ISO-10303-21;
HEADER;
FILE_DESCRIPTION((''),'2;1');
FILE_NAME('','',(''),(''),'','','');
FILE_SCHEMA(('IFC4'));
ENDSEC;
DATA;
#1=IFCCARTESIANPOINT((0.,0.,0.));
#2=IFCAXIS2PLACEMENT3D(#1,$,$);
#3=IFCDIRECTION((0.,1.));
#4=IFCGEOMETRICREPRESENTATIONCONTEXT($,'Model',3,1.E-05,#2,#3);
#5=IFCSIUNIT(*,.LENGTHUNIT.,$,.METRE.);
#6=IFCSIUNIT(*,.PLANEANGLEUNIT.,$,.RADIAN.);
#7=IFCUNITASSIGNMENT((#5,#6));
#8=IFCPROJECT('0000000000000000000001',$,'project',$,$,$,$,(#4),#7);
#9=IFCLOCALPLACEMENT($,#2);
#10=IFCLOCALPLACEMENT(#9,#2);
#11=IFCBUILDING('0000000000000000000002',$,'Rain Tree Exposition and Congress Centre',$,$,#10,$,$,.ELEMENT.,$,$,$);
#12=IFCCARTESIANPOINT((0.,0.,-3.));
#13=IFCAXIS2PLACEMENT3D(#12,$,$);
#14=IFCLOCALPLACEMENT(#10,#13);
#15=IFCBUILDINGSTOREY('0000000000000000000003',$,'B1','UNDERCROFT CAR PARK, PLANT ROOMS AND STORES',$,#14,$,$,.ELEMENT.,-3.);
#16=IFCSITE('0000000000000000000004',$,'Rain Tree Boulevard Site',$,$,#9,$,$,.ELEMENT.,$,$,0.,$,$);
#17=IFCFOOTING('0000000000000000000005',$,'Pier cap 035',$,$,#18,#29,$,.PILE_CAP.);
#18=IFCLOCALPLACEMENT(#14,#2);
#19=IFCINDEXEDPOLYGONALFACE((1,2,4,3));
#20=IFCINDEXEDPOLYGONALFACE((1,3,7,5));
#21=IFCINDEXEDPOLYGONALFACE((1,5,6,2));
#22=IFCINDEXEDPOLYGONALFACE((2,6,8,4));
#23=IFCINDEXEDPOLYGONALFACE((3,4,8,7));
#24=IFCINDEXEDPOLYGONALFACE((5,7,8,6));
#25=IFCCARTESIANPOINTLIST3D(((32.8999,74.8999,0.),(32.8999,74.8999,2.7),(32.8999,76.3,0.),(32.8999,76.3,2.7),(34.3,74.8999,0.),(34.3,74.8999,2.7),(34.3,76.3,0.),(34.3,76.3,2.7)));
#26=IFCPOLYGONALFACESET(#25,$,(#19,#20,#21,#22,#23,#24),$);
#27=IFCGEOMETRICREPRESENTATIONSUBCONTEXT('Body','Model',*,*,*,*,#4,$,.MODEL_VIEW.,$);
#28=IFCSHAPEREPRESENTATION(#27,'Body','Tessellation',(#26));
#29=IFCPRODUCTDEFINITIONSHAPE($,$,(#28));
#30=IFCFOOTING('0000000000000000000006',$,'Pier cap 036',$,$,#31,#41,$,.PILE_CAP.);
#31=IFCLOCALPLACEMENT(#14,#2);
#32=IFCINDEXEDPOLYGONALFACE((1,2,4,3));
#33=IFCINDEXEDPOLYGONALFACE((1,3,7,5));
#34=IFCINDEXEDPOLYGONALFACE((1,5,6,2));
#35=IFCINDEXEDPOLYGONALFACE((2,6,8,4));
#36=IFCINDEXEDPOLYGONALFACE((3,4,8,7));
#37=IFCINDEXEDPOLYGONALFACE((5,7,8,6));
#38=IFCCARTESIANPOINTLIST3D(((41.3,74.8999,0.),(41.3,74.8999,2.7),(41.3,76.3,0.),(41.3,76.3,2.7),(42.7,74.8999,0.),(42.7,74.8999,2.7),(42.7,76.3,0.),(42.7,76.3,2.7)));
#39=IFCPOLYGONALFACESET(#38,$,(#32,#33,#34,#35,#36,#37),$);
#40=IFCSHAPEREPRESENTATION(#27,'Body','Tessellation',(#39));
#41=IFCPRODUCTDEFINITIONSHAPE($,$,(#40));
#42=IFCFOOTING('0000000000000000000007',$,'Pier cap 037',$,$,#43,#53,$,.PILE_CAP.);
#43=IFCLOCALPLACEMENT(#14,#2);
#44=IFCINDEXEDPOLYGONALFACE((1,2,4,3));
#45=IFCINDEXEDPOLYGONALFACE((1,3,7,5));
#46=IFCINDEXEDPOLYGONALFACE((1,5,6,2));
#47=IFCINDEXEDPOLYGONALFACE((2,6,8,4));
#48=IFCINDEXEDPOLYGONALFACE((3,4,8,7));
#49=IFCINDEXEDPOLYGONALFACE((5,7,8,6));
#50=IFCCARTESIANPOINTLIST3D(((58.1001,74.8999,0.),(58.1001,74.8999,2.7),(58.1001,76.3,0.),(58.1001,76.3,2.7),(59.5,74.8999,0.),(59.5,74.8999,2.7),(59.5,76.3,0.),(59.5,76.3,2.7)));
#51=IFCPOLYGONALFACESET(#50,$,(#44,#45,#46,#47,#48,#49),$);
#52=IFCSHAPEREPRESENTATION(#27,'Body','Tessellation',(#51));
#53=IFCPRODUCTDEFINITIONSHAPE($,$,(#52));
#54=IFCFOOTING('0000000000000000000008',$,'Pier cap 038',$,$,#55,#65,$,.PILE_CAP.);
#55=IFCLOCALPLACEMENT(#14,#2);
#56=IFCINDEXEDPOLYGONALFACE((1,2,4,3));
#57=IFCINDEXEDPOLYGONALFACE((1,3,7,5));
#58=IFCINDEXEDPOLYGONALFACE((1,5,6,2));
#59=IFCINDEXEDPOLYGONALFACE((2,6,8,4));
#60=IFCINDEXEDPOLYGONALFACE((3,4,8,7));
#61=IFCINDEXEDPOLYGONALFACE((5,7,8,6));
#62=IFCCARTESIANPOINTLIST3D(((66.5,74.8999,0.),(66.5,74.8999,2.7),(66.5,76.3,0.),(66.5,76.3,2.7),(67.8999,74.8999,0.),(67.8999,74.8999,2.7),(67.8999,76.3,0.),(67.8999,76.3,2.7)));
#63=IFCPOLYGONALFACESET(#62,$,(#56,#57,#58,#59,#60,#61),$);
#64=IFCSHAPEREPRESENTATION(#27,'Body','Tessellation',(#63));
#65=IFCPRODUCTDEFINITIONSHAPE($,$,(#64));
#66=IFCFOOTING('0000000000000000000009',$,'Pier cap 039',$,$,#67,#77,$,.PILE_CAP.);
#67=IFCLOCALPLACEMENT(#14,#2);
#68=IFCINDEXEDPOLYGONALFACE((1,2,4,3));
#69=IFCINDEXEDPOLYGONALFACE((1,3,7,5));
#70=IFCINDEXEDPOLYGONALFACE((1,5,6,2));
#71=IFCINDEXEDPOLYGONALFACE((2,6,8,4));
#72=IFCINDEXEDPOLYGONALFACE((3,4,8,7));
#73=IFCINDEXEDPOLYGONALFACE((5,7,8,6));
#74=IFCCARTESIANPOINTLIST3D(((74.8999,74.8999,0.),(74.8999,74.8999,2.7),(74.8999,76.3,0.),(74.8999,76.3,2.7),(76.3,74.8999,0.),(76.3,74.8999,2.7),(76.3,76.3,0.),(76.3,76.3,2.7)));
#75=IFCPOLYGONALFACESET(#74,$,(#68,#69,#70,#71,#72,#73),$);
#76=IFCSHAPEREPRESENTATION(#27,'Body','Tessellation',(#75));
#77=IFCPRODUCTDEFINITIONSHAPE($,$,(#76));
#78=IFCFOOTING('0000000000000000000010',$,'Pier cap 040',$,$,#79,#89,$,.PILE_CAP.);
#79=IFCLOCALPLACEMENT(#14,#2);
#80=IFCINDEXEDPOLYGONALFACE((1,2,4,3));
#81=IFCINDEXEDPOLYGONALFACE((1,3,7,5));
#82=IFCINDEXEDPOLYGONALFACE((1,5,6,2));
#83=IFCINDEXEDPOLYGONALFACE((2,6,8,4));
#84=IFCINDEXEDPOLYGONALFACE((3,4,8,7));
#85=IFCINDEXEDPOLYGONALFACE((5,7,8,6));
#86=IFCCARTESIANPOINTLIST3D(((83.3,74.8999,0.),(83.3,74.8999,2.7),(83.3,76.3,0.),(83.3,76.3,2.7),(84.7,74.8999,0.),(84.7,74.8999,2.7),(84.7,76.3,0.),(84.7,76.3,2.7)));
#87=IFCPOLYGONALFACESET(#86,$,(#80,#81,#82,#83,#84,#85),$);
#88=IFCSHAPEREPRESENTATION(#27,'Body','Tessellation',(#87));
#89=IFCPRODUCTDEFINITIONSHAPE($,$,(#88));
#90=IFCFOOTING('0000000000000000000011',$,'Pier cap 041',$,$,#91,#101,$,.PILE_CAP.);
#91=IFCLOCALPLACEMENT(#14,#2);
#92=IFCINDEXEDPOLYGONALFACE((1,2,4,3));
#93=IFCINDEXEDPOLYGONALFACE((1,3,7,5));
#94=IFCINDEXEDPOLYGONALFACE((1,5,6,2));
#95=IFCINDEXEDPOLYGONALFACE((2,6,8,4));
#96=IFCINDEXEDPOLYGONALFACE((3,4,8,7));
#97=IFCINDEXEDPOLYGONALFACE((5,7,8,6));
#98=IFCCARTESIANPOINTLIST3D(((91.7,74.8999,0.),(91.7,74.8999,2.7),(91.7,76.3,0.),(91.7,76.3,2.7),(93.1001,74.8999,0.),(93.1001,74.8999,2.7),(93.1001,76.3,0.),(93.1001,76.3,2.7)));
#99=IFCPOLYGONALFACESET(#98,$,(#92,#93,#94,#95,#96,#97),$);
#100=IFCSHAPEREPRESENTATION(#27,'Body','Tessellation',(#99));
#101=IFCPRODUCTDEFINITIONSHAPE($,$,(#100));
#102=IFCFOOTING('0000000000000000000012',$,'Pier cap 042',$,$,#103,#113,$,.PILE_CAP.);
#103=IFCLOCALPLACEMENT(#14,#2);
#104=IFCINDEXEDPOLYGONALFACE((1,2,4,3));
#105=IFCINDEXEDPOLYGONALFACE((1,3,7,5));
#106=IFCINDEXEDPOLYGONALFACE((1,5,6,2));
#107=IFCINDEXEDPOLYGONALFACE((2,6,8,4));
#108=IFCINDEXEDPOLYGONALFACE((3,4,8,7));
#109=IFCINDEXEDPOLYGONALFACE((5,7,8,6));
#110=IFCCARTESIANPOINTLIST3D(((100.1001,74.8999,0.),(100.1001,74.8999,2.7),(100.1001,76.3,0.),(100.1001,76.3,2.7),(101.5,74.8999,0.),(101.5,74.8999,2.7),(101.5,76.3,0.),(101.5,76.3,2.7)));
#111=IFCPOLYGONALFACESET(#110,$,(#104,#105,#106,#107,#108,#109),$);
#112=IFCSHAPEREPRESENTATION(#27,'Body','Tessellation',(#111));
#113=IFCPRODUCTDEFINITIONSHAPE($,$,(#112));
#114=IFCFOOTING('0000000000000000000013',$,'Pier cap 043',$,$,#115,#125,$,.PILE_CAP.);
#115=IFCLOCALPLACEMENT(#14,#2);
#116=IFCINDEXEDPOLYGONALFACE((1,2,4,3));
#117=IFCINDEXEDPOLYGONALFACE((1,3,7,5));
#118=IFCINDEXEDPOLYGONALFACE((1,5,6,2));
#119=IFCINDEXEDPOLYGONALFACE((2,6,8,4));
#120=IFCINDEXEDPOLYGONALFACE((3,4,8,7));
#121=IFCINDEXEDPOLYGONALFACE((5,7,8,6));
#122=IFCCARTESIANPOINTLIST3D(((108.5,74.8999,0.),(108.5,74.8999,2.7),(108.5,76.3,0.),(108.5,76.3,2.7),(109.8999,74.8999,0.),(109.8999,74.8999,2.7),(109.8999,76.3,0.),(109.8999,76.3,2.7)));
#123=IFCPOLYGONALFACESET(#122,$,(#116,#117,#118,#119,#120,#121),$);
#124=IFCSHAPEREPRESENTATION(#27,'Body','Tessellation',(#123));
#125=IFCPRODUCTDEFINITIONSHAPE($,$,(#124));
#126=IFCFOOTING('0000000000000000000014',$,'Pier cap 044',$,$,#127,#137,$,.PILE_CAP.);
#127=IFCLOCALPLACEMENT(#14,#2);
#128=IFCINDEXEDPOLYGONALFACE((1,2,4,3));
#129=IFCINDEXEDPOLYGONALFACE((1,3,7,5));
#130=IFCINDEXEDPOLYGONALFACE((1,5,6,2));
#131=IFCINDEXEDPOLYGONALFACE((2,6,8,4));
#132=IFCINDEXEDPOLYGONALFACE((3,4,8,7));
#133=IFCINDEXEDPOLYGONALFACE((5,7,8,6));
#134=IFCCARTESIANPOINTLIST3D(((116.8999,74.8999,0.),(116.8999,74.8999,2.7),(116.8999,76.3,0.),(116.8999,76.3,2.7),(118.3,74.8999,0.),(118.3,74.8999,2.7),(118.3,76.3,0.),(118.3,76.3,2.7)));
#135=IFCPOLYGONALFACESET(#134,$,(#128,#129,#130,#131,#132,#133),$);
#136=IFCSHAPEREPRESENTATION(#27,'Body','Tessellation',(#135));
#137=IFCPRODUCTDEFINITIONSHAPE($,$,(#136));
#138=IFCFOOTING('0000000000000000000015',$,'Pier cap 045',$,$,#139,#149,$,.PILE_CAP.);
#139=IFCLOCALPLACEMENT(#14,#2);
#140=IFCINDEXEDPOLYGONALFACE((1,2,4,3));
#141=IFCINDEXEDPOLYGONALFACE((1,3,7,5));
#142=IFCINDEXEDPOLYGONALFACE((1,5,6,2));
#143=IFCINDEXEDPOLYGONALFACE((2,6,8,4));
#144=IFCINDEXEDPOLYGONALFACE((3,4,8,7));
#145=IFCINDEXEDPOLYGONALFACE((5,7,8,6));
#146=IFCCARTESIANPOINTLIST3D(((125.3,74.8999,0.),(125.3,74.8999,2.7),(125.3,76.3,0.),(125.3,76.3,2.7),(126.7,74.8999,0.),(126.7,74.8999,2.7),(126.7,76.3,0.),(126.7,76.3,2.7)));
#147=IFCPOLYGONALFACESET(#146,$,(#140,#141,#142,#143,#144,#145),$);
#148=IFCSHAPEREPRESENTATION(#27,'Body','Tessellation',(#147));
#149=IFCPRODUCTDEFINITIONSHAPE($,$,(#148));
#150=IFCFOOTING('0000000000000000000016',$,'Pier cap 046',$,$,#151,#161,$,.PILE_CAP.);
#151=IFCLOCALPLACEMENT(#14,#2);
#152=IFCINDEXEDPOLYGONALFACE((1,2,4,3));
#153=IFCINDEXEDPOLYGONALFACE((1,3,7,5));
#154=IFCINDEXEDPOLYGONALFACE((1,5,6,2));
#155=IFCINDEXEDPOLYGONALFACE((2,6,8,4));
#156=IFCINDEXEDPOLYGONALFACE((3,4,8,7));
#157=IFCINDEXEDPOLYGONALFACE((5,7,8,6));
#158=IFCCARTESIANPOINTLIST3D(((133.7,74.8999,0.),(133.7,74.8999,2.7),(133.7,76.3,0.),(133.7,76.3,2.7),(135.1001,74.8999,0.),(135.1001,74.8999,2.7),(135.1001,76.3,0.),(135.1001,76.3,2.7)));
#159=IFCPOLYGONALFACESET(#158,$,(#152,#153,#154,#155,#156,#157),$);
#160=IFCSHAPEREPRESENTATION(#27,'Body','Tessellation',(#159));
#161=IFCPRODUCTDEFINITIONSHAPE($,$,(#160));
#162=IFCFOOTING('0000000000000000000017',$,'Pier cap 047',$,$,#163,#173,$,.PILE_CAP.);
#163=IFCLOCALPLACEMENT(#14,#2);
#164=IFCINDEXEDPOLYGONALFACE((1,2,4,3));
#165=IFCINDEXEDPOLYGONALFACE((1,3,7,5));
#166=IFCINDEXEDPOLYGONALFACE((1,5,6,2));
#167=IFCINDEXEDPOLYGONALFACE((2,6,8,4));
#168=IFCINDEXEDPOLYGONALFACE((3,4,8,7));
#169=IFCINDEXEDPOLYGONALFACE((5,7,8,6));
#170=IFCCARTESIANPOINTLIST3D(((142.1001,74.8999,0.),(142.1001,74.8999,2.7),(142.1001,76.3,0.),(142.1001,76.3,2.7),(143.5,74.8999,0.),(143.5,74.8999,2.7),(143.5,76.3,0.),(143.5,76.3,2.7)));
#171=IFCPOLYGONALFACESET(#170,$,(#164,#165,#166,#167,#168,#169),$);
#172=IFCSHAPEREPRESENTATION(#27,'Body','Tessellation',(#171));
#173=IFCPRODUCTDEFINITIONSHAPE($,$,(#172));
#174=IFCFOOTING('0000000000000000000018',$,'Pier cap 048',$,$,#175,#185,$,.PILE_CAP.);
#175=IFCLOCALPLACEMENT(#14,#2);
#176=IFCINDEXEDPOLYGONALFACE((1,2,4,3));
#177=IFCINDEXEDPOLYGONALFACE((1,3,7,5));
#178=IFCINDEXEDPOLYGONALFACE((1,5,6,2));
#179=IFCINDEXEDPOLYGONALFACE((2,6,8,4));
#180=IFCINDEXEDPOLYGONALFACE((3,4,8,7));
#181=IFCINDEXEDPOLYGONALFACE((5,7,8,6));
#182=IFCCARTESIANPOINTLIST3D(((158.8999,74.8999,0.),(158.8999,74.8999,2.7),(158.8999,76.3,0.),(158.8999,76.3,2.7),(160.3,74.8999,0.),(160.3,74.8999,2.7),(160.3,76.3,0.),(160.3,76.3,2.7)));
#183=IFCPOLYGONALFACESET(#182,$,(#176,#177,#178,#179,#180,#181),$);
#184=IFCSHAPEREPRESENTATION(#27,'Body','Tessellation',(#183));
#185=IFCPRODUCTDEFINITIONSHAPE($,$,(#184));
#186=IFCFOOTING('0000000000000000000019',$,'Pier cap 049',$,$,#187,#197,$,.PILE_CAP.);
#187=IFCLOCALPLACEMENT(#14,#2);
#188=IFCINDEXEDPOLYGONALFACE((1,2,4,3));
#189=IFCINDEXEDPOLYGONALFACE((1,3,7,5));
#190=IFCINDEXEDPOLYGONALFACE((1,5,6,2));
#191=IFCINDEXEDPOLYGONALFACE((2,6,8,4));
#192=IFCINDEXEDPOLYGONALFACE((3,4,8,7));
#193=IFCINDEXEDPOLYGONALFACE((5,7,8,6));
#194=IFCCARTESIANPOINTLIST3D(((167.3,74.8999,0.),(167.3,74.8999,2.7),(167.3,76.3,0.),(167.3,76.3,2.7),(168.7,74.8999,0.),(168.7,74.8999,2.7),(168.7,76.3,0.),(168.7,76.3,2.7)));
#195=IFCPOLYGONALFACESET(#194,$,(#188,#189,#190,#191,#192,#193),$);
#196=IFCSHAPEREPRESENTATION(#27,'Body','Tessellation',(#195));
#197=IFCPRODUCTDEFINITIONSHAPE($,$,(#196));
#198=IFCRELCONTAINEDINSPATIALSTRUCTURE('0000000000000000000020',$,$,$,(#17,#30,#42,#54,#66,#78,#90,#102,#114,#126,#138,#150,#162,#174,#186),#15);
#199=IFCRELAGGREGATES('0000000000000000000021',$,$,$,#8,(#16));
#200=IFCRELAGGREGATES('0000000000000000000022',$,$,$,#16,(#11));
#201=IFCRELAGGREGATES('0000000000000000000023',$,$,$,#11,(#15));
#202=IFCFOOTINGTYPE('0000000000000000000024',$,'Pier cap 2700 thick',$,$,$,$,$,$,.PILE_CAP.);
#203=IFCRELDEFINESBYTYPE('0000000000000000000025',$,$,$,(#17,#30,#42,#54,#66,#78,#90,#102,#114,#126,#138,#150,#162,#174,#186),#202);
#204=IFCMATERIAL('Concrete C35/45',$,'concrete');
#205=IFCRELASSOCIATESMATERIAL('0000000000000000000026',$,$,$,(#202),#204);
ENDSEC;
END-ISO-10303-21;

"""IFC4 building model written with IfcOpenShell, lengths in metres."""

from ifc_helpers import new_model, si_unit, direction, frame, origin, place, context, subcontext, project, spatial, polyline, outline, extrude, material, type_object, element, save


model = new_model("IFC4")

# Units and contexts
model_context = context("Model", 3, precision=1e-05, world=origin(), true_north=direction((0.0, 1.0)))
body_context = subcontext(model_context, "Body", "Model", "MODEL_VIEW")
ifc_project = project(units=[si_unit("LENGTHUNIT", "METRE"), si_unit("PLANEANGLEUNIT", "RADIAN")], contexts=[model_context])

# Site, building, storey
site_placement = place(None, origin())
site = spatial("IfcSite", under=ifc_project, at=site_placement, Name="Rain Tree Boulevard Site", CompositionType="ELEMENT", RefElevation=0.0)
building_placement = place(site_placement, origin())
building = spatial("IfcBuilding", under=site, at=building_placement, Name="Rain Tree Exposition and Congress Centre", CompositionType="ELEMENT")
storey_placement = place(building_placement, frame((0.0, 0.0, -3.0)))
storey = spatial("IfcBuildingStorey", under=building, at=storey_placement, Name="B1", Description="UNDERCROFT CAR PARK, PLANT ROOMS AND STORES", CompositionType="ELEMENT", Elevation=-3.0)

# Footings
ifc_material_1 = material(Name="Concrete C35/45", Category="concrete")
footing_type_1 = type_object("IfcFootingType", Name="Pier cap 2700 thick", PredefinedType="PILE_CAP", material=ifc_material_1)
footing_1_placement = place(storey_placement, origin())
element("IfcFooting", 1, at=footing_1_placement, inside=storey, type_object=footing_type_1, Name="Pier cap 035", PredefinedType="PILE_CAP", context=body_context, shape_type="SweptSolid", body=[
    extrude(outline(polyline([(32.8999, 74.8999), (34.3, 74.8999), (34.3, 76.3), (32.8999, 76.3), (32.8999, 74.8999)])), origin(), (0.0, 0.0, 1.0), 2.7),
])
footing_2_placement = place(storey_placement, origin())
element("IfcFooting", 2, at=footing_2_placement, inside=storey, type_object=footing_type_1, Name="Pier cap 036", PredefinedType="PILE_CAP", context=body_context, shape_type="SweptSolid", body=[
    extrude(outline(polyline([(41.3, 74.8999), (42.7, 74.8999), (42.7, 76.3), (41.3, 76.3), (41.3, 74.8999)])), origin(), (0.0, 0.0, 1.0), 2.7),
])
footing_3_placement = place(storey_placement, origin())
element("IfcFooting", 3, at=footing_3_placement, inside=storey, type_object=footing_type_1, Name="Pier cap 037", PredefinedType="PILE_CAP", context=body_context, shape_type="SweptSolid", body=[
    extrude(outline(polyline([(58.1001, 74.8999), (59.5, 74.8999), (59.5, 76.3), (58.1001, 76.3), (58.1001, 74.8999)])), origin(), (0.0, 0.0, 1.0), 2.7),
])
footing_4_placement = place(storey_placement, origin())
element("IfcFooting", 4, at=footing_4_placement, inside=storey, type_object=footing_type_1, Name="Pier cap 038", PredefinedType="PILE_CAP", context=body_context, shape_type="SweptSolid", body=[
    extrude(outline(polyline([(66.5, 74.8999), (67.8999, 74.8999), (67.8999, 76.3), (66.5, 76.3), (66.5, 74.8999)])), origin(), (0.0, 0.0, 1.0), 2.7),
])
footing_5_placement = place(storey_placement, origin())
element("IfcFooting", 5, at=footing_5_placement, inside=storey, type_object=footing_type_1, Name="Pier cap 039", PredefinedType="PILE_CAP", context=body_context, shape_type="SweptSolid", body=[
    extrude(outline(polyline([(74.8999, 74.8999), (76.3, 74.8999), (76.3, 76.3), (74.8999, 76.3), (74.8999, 74.8999)])), origin(), (0.0, 0.0, 1.0), 2.7),
])
footing_6_placement = place(storey_placement, origin())
element("IfcFooting", 6, at=footing_6_placement, inside=storey, type_object=footing_type_1, Name="Pier cap 040", PredefinedType="PILE_CAP", context=body_context, shape_type="SweptSolid", body=[
    extrude(outline(polyline([(83.3, 74.8999), (84.7, 74.8999), (84.7, 76.3), (83.3, 76.3), (83.3, 74.8999)])), origin(), (0.0, 0.0, 1.0), 2.7),
])
footing_7_placement = place(storey_placement, origin())
element("IfcFooting", 7, at=footing_7_placement, inside=storey, type_object=footing_type_1, Name="Pier cap 041", PredefinedType="PILE_CAP", context=body_context, shape_type="SweptSolid", body=[
    extrude(outline(polyline([(91.7, 74.8999), (93.1001, 74.8999), (93.1001, 76.3), (91.7, 76.3), (91.7, 74.8999)])), origin(), (0.0, 0.0, 1.0), 2.7),
])
footing_8_placement = place(storey_placement, origin())
element("IfcFooting", 8, at=footing_8_placement, inside=storey, type_object=footing_type_1, Name="Pier cap 042", PredefinedType="PILE_CAP", context=body_context, shape_type="SweptSolid", body=[
    extrude(outline(polyline([(100.1001, 74.8999), (101.5, 74.8999), (101.5, 76.3), (100.1001, 76.3), (100.1001, 74.8999)])), origin(), (0.0, 0.0, 1.0), 2.7),
])
footing_9_placement = place(storey_placement, origin())
element("IfcFooting", 9, at=footing_9_placement, inside=storey, type_object=footing_type_1, Name="Pier cap 043", PredefinedType="PILE_CAP", context=body_context, shape_type="SweptSolid", body=[
    extrude(outline(polyline([(108.5, 74.8999), (109.8999, 74.8999), (109.8999, 76.3), (108.5, 76.3), (108.5, 74.8999)])), origin(), (0.0, 0.0, 1.0), 2.7),
])
footing_10_placement = place(storey_placement, origin())
element("IfcFooting", 10, at=footing_10_placement, inside=storey, type_object=footing_type_1, Name="Pier cap 044", PredefinedType="PILE_CAP", context=body_context, shape_type="SweptSolid", body=[
    extrude(outline(polyline([(116.8999, 74.8999), (118.3, 74.8999), (118.3, 76.3), (116.8999, 76.3), (116.8999, 74.8999)])), origin(), (0.0, 0.0, 1.0), 2.7),
])
footing_11_placement = place(storey_placement, origin())
element("IfcFooting", 11, at=footing_11_placement, inside=storey, type_object=footing_type_1, Name="Pier cap 045", PredefinedType="PILE_CAP", context=body_context, shape_type="SweptSolid", body=[
    extrude(outline(polyline([(125.3, 74.8999), (126.7, 74.8999), (126.7, 76.3), (125.3, 76.3), (125.3, 74.8999)])), origin(), (0.0, 0.0, 1.0), 2.7),
])
footing_12_placement = place(storey_placement, origin())
element("IfcFooting", 12, at=footing_12_placement, inside=storey, type_object=footing_type_1, Name="Pier cap 046", PredefinedType="PILE_CAP", context=body_context, shape_type="SweptSolid", body=[
    extrude(outline(polyline([(133.7, 74.8999), (135.1001, 74.8999), (135.1001, 76.3), (133.7, 76.3), (133.7, 74.8999)])), origin(), (0.0, 0.0, 1.0), 2.7),
])
footing_13_placement = place(storey_placement, origin())
element("IfcFooting", 13, at=footing_13_placement, inside=storey, type_object=footing_type_1, Name="Pier cap 047", PredefinedType="PILE_CAP", context=body_context, shape_type="SweptSolid", body=[
    extrude(outline(polyline([(142.1001, 74.8999), (143.5, 74.8999), (143.5, 76.3), (142.1001, 76.3), (142.1001, 74.8999)])), origin(), (0.0, 0.0, 1.0), 2.7),
])
footing_14_placement = place(storey_placement, origin())
element("IfcFooting", 14, at=footing_14_placement, inside=storey, type_object=footing_type_1, Name="Pier cap 048", PredefinedType="PILE_CAP", context=body_context, shape_type="SweptSolid", body=[
    extrude(outline(polyline([(158.8999, 76.3), (158.8999, 74.8999), (160.3, 74.8999), (160.3, 76.3), (158.8999, 76.3)])), origin(), (0.0, 0.0, 1.0), 2.7),
])
footing_15_placement = place(storey_placement, origin())
element("IfcFooting", 15, at=footing_15_placement, inside=storey, type_object=footing_type_1, Name="Pier cap 049", PredefinedType="PILE_CAP", context=body_context, shape_type="SweptSolid", body=[
    extrude(outline(polyline([(167.3, 76.3), (167.3, 74.8999), (168.7, 74.8999), (168.7, 76.3), (167.3, 76.3)])), origin(), (0.0, 0.0, 1.0), 2.7),
])

save(model, "model.ifc")
